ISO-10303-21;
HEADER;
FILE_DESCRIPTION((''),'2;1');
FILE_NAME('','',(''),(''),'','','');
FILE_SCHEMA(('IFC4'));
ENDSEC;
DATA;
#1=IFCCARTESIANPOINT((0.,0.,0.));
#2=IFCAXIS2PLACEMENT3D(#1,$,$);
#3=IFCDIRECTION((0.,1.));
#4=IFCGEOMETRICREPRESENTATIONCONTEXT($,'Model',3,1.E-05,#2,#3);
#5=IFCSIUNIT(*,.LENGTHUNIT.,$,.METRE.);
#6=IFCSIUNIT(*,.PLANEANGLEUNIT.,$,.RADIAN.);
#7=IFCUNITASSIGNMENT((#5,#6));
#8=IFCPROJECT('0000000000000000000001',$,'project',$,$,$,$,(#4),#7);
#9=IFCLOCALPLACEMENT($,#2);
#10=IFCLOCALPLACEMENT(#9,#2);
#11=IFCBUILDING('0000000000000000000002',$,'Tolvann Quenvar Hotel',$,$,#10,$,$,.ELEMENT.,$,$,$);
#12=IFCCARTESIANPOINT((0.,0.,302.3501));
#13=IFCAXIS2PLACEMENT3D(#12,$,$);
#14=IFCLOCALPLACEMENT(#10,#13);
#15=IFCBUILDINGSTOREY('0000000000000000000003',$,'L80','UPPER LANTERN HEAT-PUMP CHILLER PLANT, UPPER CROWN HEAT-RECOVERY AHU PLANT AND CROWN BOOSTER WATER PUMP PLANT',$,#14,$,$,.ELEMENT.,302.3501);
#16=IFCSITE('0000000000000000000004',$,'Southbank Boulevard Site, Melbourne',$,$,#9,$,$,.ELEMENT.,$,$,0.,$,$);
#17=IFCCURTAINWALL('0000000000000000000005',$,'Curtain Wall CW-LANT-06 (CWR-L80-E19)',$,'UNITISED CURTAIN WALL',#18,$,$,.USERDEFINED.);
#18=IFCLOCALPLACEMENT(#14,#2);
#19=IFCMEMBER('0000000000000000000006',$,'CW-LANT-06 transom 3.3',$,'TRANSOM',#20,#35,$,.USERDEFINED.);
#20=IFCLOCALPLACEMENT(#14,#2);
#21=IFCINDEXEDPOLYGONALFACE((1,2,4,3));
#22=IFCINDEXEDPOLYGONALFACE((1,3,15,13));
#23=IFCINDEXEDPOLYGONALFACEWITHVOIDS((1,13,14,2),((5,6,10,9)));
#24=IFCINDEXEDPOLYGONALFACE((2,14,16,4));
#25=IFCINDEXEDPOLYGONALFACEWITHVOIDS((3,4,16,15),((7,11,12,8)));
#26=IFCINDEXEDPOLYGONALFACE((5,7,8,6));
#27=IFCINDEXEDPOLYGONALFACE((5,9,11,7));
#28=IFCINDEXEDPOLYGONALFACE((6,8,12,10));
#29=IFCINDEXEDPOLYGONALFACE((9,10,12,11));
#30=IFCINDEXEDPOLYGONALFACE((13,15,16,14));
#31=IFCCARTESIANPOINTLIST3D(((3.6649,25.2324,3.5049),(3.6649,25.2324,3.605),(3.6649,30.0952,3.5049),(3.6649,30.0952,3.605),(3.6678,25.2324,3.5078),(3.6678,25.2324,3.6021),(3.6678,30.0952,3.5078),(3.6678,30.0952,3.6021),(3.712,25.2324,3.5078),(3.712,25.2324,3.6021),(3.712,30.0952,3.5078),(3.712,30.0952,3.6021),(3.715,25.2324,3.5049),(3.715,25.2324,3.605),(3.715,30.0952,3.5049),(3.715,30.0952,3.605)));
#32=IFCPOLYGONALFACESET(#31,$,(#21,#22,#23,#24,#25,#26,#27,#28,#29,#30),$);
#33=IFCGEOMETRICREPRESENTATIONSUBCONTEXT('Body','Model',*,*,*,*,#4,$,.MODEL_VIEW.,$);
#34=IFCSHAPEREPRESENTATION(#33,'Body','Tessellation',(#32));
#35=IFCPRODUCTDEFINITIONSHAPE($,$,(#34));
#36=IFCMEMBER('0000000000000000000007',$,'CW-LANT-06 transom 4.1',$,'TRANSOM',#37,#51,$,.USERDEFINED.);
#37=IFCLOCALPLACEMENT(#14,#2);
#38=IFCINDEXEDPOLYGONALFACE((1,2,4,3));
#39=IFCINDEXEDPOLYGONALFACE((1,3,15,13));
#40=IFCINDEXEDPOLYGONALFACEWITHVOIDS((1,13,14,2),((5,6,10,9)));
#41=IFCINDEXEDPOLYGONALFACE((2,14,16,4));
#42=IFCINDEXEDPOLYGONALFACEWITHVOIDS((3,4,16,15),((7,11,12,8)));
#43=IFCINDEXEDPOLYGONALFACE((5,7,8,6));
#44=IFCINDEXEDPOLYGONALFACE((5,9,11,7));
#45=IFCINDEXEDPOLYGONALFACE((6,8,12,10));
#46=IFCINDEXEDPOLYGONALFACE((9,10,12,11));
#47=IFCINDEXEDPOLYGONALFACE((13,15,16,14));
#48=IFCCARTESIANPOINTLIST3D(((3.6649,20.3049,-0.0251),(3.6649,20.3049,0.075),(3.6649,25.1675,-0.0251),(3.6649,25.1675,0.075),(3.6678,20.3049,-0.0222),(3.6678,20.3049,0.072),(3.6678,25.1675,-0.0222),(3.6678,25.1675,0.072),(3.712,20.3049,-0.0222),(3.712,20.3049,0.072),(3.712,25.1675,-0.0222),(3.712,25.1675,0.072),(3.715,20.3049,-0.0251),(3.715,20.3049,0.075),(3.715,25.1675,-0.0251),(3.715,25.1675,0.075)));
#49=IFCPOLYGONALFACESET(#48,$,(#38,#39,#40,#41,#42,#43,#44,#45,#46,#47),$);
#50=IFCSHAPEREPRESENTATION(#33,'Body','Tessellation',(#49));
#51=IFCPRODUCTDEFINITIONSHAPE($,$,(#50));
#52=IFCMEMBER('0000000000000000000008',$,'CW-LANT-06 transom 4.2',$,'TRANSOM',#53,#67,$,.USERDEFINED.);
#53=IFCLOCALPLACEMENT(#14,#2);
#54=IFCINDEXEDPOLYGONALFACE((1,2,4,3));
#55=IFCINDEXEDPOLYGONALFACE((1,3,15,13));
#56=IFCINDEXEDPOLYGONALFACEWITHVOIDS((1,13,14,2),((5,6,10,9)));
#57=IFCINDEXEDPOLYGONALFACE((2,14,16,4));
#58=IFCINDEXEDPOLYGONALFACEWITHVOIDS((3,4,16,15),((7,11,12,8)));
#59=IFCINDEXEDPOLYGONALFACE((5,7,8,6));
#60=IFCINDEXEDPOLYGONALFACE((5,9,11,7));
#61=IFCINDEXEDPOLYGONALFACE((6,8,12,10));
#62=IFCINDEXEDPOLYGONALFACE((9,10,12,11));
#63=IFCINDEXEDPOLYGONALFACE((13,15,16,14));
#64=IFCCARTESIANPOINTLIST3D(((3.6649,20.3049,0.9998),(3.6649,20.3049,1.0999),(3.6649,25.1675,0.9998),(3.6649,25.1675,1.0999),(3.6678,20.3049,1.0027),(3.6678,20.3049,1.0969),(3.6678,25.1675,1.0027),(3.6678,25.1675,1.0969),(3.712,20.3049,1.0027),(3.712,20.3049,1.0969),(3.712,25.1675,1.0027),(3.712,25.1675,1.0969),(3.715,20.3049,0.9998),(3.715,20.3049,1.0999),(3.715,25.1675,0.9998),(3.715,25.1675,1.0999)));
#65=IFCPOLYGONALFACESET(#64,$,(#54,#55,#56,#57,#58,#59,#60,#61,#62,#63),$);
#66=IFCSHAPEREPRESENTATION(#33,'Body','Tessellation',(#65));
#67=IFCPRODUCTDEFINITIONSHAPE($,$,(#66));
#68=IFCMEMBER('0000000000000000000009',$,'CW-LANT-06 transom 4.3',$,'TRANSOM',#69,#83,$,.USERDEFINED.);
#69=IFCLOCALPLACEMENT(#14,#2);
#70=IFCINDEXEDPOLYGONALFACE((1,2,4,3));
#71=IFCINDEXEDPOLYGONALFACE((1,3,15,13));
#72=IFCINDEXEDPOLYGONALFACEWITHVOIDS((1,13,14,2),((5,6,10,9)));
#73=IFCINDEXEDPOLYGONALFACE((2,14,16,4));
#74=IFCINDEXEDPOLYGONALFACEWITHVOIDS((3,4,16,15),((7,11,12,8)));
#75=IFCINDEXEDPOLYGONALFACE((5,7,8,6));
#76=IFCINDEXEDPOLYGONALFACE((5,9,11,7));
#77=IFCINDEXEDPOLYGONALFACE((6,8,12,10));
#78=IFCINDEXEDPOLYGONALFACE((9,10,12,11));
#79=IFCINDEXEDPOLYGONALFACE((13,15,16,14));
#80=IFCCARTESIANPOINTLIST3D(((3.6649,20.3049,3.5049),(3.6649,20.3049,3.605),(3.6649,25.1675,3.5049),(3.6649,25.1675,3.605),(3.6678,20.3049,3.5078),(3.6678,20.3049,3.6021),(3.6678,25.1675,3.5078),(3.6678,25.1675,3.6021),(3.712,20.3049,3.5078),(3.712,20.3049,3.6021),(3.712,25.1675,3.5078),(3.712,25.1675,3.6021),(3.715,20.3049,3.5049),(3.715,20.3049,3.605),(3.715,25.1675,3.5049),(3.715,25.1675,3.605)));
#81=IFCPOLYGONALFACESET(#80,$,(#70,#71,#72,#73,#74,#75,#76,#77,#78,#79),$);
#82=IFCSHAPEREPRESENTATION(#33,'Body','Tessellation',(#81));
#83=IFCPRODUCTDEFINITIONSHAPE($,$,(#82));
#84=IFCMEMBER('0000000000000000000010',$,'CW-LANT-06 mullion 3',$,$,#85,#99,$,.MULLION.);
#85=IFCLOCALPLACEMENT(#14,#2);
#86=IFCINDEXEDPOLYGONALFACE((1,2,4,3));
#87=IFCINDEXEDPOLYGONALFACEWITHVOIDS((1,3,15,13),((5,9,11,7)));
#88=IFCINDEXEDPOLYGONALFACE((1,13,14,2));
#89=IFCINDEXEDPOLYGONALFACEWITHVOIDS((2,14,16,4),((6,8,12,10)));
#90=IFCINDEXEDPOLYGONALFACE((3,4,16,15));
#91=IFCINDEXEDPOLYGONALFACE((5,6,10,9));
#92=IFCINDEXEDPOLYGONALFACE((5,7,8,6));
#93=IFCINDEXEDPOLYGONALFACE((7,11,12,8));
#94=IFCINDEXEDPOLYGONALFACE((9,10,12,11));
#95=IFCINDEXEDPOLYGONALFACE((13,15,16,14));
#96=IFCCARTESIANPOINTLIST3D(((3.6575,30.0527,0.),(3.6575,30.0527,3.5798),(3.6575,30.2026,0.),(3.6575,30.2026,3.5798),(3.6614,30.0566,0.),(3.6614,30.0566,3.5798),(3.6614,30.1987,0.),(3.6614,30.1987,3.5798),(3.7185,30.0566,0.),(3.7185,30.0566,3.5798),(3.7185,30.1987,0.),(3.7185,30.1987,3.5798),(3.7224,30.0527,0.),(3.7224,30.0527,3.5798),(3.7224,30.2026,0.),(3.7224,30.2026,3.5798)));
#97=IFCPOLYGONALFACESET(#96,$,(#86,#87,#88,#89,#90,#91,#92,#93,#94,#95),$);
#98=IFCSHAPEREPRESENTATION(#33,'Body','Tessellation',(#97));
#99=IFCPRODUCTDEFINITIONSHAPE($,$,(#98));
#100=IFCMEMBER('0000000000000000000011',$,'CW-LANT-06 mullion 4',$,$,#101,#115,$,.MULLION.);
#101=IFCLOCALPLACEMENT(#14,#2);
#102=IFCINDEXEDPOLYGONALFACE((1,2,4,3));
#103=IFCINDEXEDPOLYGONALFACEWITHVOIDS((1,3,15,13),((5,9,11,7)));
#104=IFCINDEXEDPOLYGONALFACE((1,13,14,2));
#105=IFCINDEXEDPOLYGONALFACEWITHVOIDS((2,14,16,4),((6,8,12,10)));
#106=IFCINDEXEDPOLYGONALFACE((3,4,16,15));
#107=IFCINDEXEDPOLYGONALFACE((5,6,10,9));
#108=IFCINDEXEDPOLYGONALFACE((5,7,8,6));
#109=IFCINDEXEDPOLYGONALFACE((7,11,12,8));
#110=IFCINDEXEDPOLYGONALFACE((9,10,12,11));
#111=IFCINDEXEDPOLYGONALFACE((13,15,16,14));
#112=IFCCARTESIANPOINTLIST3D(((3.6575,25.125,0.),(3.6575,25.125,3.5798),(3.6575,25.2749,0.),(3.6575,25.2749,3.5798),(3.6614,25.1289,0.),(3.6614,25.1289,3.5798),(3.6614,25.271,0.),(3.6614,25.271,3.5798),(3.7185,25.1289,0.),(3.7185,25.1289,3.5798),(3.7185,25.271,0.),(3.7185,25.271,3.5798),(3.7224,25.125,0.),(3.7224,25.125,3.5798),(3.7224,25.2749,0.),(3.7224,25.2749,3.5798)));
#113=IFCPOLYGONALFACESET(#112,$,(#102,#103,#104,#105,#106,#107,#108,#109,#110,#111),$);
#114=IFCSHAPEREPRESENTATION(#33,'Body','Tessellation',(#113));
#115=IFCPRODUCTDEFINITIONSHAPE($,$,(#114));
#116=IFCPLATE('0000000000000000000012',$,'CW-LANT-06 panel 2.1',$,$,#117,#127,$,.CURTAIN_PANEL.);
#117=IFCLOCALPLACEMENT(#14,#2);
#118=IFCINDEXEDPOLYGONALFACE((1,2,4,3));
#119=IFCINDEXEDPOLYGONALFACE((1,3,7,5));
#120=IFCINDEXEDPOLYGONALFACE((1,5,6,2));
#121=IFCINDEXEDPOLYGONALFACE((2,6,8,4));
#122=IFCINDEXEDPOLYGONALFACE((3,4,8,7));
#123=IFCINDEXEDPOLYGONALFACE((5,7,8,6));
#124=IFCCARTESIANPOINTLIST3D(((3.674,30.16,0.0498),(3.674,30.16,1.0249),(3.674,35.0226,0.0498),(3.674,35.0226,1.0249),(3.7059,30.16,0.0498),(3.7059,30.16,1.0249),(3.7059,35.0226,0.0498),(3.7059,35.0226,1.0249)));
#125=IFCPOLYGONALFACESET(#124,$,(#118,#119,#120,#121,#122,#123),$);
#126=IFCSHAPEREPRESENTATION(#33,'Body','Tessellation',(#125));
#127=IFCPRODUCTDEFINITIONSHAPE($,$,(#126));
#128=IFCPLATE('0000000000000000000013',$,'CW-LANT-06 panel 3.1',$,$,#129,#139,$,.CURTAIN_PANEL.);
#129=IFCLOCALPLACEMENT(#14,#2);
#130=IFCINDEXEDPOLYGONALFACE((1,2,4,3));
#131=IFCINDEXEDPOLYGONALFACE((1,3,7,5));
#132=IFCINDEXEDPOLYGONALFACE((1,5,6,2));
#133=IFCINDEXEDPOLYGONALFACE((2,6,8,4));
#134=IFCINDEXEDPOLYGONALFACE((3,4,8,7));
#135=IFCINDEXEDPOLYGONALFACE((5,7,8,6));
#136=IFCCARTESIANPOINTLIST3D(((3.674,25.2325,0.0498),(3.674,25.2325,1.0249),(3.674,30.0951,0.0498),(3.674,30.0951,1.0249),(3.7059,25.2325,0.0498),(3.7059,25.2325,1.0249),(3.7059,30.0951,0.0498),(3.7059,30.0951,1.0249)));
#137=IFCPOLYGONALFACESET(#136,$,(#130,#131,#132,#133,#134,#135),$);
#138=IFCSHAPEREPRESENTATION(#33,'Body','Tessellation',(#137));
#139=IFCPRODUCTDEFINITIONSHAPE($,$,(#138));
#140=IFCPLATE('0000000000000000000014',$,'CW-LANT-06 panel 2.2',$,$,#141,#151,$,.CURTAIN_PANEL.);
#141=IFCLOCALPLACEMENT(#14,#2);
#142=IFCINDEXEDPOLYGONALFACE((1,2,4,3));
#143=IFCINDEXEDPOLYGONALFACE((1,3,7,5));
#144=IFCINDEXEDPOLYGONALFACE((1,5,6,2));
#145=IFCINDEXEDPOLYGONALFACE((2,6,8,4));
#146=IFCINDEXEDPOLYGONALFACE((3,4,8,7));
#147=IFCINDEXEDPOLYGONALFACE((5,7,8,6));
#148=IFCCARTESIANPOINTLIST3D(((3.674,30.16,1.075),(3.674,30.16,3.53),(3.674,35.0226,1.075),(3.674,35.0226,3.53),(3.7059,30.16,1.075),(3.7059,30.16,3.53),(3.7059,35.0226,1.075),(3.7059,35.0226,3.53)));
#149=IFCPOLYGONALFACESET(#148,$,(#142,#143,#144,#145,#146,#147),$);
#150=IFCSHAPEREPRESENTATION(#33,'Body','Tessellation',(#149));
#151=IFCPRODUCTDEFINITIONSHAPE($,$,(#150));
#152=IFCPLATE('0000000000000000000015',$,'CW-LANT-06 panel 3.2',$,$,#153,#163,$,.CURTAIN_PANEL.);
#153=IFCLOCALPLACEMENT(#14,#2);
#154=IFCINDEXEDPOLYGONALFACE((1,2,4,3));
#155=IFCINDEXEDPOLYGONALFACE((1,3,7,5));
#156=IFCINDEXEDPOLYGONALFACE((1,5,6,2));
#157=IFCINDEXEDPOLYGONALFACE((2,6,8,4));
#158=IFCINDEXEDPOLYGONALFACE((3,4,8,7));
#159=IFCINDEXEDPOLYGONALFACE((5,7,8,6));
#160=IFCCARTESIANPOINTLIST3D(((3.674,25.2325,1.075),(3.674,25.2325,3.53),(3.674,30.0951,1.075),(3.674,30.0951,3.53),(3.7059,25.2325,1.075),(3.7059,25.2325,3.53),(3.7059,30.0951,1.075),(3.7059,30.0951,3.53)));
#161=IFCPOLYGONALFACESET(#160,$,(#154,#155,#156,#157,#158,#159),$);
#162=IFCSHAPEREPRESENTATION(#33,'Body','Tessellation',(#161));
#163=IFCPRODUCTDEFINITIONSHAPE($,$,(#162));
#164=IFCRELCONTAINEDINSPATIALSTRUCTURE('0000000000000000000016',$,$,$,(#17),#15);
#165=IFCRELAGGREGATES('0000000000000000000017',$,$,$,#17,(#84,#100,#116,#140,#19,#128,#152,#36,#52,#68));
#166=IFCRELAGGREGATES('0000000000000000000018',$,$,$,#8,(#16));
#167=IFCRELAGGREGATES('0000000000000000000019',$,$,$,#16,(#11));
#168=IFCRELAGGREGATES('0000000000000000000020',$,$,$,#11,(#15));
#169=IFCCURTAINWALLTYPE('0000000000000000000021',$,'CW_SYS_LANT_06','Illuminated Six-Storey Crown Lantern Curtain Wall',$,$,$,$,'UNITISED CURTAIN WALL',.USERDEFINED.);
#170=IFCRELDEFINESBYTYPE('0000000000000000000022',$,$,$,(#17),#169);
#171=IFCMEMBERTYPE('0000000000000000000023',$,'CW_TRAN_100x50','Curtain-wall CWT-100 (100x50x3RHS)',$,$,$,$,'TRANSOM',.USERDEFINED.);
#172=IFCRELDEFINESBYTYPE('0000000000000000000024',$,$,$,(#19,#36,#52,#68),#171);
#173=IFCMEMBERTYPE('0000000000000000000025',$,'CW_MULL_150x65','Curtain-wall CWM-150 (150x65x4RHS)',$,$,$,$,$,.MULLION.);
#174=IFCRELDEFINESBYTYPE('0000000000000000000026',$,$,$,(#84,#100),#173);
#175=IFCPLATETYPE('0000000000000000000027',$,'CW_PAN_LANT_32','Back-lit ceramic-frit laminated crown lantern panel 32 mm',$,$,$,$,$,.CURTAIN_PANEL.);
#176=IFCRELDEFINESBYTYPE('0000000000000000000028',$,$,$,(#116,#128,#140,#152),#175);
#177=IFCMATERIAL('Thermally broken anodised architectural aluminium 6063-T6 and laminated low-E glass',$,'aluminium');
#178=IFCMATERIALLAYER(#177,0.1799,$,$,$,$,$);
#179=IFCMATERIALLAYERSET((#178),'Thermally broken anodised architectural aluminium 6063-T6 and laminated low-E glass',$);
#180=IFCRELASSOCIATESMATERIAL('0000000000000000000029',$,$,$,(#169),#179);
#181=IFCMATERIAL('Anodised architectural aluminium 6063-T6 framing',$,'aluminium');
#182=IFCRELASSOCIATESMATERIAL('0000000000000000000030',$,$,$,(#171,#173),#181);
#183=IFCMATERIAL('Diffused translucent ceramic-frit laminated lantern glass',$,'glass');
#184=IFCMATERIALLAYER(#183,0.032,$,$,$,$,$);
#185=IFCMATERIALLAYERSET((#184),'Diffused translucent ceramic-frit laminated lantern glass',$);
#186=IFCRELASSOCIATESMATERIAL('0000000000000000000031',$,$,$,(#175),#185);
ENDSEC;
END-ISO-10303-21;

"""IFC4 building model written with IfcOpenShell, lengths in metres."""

from ifc_helpers import new_model, si_unit, direction, frame, origin, origin_2d, place, context, subcontext, project, spatial, rectangle, hollow_rectangle, extrude, source, transform, mapped, material, layer, layer_set, material_profile, profile_set, type_object, type_shapes, element, aggregate, save


model = new_model("IFC4")

# Units and contexts
model_context = context("Model", 3, precision=1e-05, world=origin(), true_north=direction((0.0, 1.0)))
body_context = subcontext(model_context, "Body", "Model", "MODEL_VIEW")
ifc_project = project(units=[si_unit("LENGTHUNIT", "METRE"), si_unit("PLANEANGLEUNIT", "RADIAN")], contexts=[model_context])

# Site, building, storey
site_placement = place(None, origin())
site = spatial("IfcSite", under=ifc_project, at=site_placement, Name="Southbank Boulevard Site, Melbourne", CompositionType="ELEMENT", RefElevation=0.0)
building_placement = place(site_placement, origin())
building = spatial("IfcBuilding", under=site, at=building_placement, Name="Tolvann Quenvar Hotel", CompositionType="ELEMENT")
storey_placement = place(building_placement, frame((0.0, 0.0, 302.3501)))
storey = spatial("IfcBuildingStorey", under=building, at=storey_placement, Name="L80", Description="UPPER LANTERN HEAT-PUMP CHILLER PLANT, UPPER CROWN HEAT-RECOVERY AHU PLANT AND CROWN BOOSTER WATER PUMP PLANT", CompositionType="ELEMENT", Elevation=302.3501)

# Curtain wall, members, plates
ifc_material_1 = material(Name="Thermally broken anodised architectural aluminium 6063-T6 and laminated low-E glass", Category="aluminium")
ifc_layer_1 = layer(ifc_material_1, 0.1799)
ifc_layer_set_1 = layer_set([ifc_layer_1], Name="Thermally broken anodised architectural aluminium 6063-T6 and laminated low-E glass")
curtain_wall_type = type_object("IfcCurtainWallType", Name="CW_SYS_LANT_06", Description="Illuminated Six-Storey Crown Lantern Curtain Wall", ElementType="UNITISED CURTAIN WALL", PredefinedType="USERDEFINED", material=ifc_layer_set_1)
curtain_wall_placement = place(storey_placement, origin())
curtain_wall = element("IfcCurtainWall", 1, at=curtain_wall_placement, inside=storey, type_object=curtain_wall_type, Name="Curtain Wall CW-LANT-06 (CWR-L80-E19)", ObjectType="UNITISED CURTAIN WALL", PredefinedType="USERDEFINED")
ifc_material_2 = material(Name="Anodised architectural aluminium 6063-T6 framing", Category="aluminium")
ifc_material_profile_1 = material_profile(ifc_material_2, hollow_rectangle(XDim=0.05, YDim=0.1001, WallThickness=0.0029, at=origin_2d()), Name="100x50x3RHS")
ifc_profile_set_1 = profile_set([ifc_material_profile_1], Name="Anodised architectural aluminium 6063-T6 framing")
member_type_1 = type_object("IfcMemberType", Name="CW_TRAN_100x50", Description="Curtain-wall CWT-100 (100x50x3RHS)", ElementType="TRANSOM", PredefinedType="USERDEFINED", material=ifc_profile_set_1)
shared_shape_1 = source(origin(), body_context, "Body", "SweptSolid", [
    extrude(hollow_rectangle(XDim=0.05, YDim=0.1001, WallThickness=0.0029, at=origin_2d()), origin(), (0.0, 0.0, 1.0), 4.8628),
])
member_1_placement = place(storey_placement, frame((3.6899, 30.0952, 3.5549), z_axis=(0.0, -1.0, 0.0), x_axis=(1.0, 0.0, 0.0)))
member_1 = element("IfcMember", 2, at=member_1_placement, type_object=member_type_1, Name="CW-LANT-06 transom 3.3", ObjectType="TRANSOM", PredefinedType="USERDEFINED", context=body_context, shape_type="MappedRepresentation", body=[
    mapped(shared_shape_1, transform((0.0, 0.0, 0.0), x_axis=(1.0, 0.0, 0.0), y_axis=(0.0, 1.0, 0.0), z_axis=(0.0, 0.0, 1.0), scale=1.0)),
])
shared_shape_2 = source(origin(), body_context, "Body", "SweptSolid", [
    extrude(hollow_rectangle(XDim=0.05, YDim=0.1001, WallThickness=0.0029, at=origin_2d()), origin(), (0.0, 0.0, 1.0), 4.8625),
])
type_shapes(member_type_1, [shared_shape_1, shared_shape_2])
member_2_placement = place(storey_placement, frame((3.6899, 25.1675, 0.0249), z_axis=(0.0, -1.0, 0.0), x_axis=(1.0, 0.0, 0.0)))
member_2 = element("IfcMember", 3, at=member_2_placement, type_object=member_type_1, Name="CW-LANT-06 transom 4.1", ObjectType="TRANSOM", PredefinedType="USERDEFINED", context=body_context, shape_type="MappedRepresentation", body=[
    mapped(shared_shape_2, transform((0.0, 0.0, 0.0), x_axis=(1.0, 0.0, 0.0), y_axis=(0.0, 1.0, 0.0), z_axis=(0.0, 0.0, 1.0), scale=1.0)),
])
member_3_placement = place(storey_placement, frame((3.6899, 25.1675, 1.0498), z_axis=(0.0, -1.0, 0.0), x_axis=(1.0, 0.0, 0.0)))
member_3 = element("IfcMember", 4, at=member_3_placement, type_object=member_type_1, Name="CW-LANT-06 transom 4.2", ObjectType="TRANSOM", PredefinedType="USERDEFINED", context=body_context, shape_type="MappedRepresentation", body=[
    mapped(shared_shape_2, transform((0.0, 0.0, 0.0), x_axis=(1.0, 0.0, 0.0), y_axis=(0.0, 1.0, 0.0), z_axis=(0.0, 0.0, 1.0), scale=1.0)),
])
member_4_placement = place(storey_placement, frame((3.6899, 25.1675, 3.5549), z_axis=(0.0, -1.0, 0.0), x_axis=(1.0, 0.0, 0.0)))
member_4 = element("IfcMember", 5, at=member_4_placement, type_object=member_type_1, Name="CW-LANT-06 transom 4.3", ObjectType="TRANSOM", PredefinedType="USERDEFINED", context=body_context, shape_type="MappedRepresentation", body=[
    mapped(shared_shape_2, transform((0.0, 0.0, 0.0), x_axis=(1.0, 0.0, 0.0), y_axis=(0.0, 1.0, 0.0), z_axis=(0.0, 0.0, 1.0), scale=1.0)),
])
ifc_material_profile_2 = material_profile(ifc_material_2, hollow_rectangle(XDim=0.0649, YDim=0.1499, WallThickness=0.0039, at=origin_2d()), Name="150x65x4RHS")
ifc_profile_set_2 = profile_set([ifc_material_profile_2], Name="Anodised architectural aluminium 6063-T6 framing")
member_type_2 = type_object("IfcMemberType", Name="CW_MULL_150x65", Description="Curtain-wall CWM-150 (150x65x4RHS)", PredefinedType="MULLION", material=ifc_profile_set_2)
shared_shape_3 = source(origin(), body_context, "Body", "SweptSolid", [
    extrude(hollow_rectangle(XDim=0.0649, YDim=0.1499, WallThickness=0.0039, at=origin_2d()), origin(), (0.0, 0.0, 1.0), 3.5798),
])
type_shapes(member_type_2, [shared_shape_3])
member_5_placement = place(storey_placement, frame((3.6899, 30.1277, 0.0), z_axis=(0.0, 0.0, 1.0), x_axis=(1.0, 0.0, 0.0)))
member_5 = element("IfcMember", 6, at=member_5_placement, type_object=member_type_2, Name="CW-LANT-06 mullion 3", PredefinedType="MULLION", context=body_context, shape_type="MappedRepresentation", body=[
    mapped(shared_shape_3, transform((0.0, 0.0, 0.0), x_axis=(1.0, 0.0, 0.0), y_axis=(0.0, 1.0, 0.0), z_axis=(0.0, 0.0, 1.0), scale=1.0)),
])
member_6_placement = place(storey_placement, frame((3.6899, 25.2, 0.0), z_axis=(0.0, 0.0, 1.0), x_axis=(1.0, 0.0, 0.0)))
member_6 = element("IfcMember", 7, at=member_6_placement, type_object=member_type_2, Name="CW-LANT-06 mullion 4", PredefinedType="MULLION", context=body_context, shape_type="MappedRepresentation", body=[
    mapped(shared_shape_3, transform((0.0, 0.0, 0.0), x_axis=(1.0, 0.0, 0.0), y_axis=(0.0, 1.0, 0.0), z_axis=(0.0, 0.0, 1.0), scale=1.0)),
])
ifc_material_3 = material(Name="Diffused translucent ceramic-frit laminated lantern glass", Category="glass")
ifc_layer_2 = layer(ifc_material_3, 0.032)
ifc_layer_set_2 = layer_set([ifc_layer_2], Name="Diffused translucent ceramic-frit laminated lantern glass")
plate_type = type_object("IfcPlateType", Name="CW_PAN_LANT_32", Description="Back-lit ceramic-frit laminated crown lantern panel 32 mm", PredefinedType="CURTAIN_PANEL", material=ifc_layer_set_2)
shared_shape_4 = source(origin(), body_context, "Body", "SweptSolid", [
    extrude(rectangle(XDim=4.8625, YDim=0.032, at=origin_2d()), origin(), (0.0, 0.0, 1.0), 0.9751),
])
plate_1_placement = place(storey_placement, frame((3.6899, 32.5913, 0.0498), z_axis=(0.0, 0.0, 1.0), x_axis=(0.0, -1.0, 0.0)))
plate_1 = element("IfcPlate", 8, at=plate_1_placement, type_object=plate_type, Name="CW-LANT-06 panel 2.1", PredefinedType="CURTAIN_PANEL", context=body_context, shape_type="MappedRepresentation", body=[
    mapped(shared_shape_4, transform((0.0, 0.0, 0.0), x_axis=(1.0, 0.0, 0.0), y_axis=(0.0, 1.0, 0.0), z_axis=(0.0, 0.0, 1.0), scale=1.0)),
])
plate_2_placement = place(storey_placement, frame((3.6899, 27.6638, 0.0498), z_axis=(0.0, 0.0, 1.0), x_axis=(0.0, -1.0, 0.0)))
plate_2 = element("IfcPlate", 9, at=plate_2_placement, type_object=plate_type, Name="CW-LANT-06 panel 3.1", PredefinedType="CURTAIN_PANEL", context=body_context, shape_type="MappedRepresentation", body=[
    mapped(shared_shape_4, transform((0.0, 0.0, 0.0), x_axis=(1.0, 0.0, 0.0), y_axis=(0.0, 1.0, 0.0), z_axis=(0.0, 0.0, 1.0), scale=1.0)),
])
shared_shape_5 = source(origin(), body_context, "Body", "SweptSolid", [
    extrude(rectangle(XDim=4.8625, YDim=0.032, at=origin_2d()), origin(), (0.0, 0.0, 1.0), 2.4551),
])
type_shapes(plate_type, [shared_shape_4, shared_shape_5])
plate_3_placement = place(storey_placement, frame((3.6899, 32.5913, 1.075), z_axis=(0.0, 0.0, 1.0), x_axis=(0.0, -1.0, 0.0)))
plate_3 = element("IfcPlate", 10, at=plate_3_placement, type_object=plate_type, Name="CW-LANT-06 panel 2.2", PredefinedType="CURTAIN_PANEL", context=body_context, shape_type="MappedRepresentation", body=[
    mapped(shared_shape_5, transform((0.0, 0.0, 0.0), x_axis=(1.0, 0.0, 0.0), y_axis=(0.0, 1.0, 0.0), z_axis=(0.0, 0.0, 1.0), scale=1.0)),
])
plate_4_placement = place(storey_placement, frame((3.6899, 27.6638, 1.075), z_axis=(0.0, 0.0, 1.0), x_axis=(0.0, -1.0, 0.0)))
plate_4 = element("IfcPlate", 11, at=plate_4_placement, type_object=plate_type, Name="CW-LANT-06 panel 3.2", PredefinedType="CURTAIN_PANEL", context=body_context, shape_type="MappedRepresentation", body=[
    mapped(shared_shape_5, transform((0.0, 0.0, 0.0), x_axis=(1.0, 0.0, 0.0), y_axis=(0.0, 1.0, 0.0), z_axis=(0.0, 0.0, 1.0), scale=1.0)),
])
aggregate(curtain_wall, [member_5, member_6, plate_1, plate_3, member_1, plate_2, plate_4, member_2, member_3, member_4])

save(model, "model.ifc")
